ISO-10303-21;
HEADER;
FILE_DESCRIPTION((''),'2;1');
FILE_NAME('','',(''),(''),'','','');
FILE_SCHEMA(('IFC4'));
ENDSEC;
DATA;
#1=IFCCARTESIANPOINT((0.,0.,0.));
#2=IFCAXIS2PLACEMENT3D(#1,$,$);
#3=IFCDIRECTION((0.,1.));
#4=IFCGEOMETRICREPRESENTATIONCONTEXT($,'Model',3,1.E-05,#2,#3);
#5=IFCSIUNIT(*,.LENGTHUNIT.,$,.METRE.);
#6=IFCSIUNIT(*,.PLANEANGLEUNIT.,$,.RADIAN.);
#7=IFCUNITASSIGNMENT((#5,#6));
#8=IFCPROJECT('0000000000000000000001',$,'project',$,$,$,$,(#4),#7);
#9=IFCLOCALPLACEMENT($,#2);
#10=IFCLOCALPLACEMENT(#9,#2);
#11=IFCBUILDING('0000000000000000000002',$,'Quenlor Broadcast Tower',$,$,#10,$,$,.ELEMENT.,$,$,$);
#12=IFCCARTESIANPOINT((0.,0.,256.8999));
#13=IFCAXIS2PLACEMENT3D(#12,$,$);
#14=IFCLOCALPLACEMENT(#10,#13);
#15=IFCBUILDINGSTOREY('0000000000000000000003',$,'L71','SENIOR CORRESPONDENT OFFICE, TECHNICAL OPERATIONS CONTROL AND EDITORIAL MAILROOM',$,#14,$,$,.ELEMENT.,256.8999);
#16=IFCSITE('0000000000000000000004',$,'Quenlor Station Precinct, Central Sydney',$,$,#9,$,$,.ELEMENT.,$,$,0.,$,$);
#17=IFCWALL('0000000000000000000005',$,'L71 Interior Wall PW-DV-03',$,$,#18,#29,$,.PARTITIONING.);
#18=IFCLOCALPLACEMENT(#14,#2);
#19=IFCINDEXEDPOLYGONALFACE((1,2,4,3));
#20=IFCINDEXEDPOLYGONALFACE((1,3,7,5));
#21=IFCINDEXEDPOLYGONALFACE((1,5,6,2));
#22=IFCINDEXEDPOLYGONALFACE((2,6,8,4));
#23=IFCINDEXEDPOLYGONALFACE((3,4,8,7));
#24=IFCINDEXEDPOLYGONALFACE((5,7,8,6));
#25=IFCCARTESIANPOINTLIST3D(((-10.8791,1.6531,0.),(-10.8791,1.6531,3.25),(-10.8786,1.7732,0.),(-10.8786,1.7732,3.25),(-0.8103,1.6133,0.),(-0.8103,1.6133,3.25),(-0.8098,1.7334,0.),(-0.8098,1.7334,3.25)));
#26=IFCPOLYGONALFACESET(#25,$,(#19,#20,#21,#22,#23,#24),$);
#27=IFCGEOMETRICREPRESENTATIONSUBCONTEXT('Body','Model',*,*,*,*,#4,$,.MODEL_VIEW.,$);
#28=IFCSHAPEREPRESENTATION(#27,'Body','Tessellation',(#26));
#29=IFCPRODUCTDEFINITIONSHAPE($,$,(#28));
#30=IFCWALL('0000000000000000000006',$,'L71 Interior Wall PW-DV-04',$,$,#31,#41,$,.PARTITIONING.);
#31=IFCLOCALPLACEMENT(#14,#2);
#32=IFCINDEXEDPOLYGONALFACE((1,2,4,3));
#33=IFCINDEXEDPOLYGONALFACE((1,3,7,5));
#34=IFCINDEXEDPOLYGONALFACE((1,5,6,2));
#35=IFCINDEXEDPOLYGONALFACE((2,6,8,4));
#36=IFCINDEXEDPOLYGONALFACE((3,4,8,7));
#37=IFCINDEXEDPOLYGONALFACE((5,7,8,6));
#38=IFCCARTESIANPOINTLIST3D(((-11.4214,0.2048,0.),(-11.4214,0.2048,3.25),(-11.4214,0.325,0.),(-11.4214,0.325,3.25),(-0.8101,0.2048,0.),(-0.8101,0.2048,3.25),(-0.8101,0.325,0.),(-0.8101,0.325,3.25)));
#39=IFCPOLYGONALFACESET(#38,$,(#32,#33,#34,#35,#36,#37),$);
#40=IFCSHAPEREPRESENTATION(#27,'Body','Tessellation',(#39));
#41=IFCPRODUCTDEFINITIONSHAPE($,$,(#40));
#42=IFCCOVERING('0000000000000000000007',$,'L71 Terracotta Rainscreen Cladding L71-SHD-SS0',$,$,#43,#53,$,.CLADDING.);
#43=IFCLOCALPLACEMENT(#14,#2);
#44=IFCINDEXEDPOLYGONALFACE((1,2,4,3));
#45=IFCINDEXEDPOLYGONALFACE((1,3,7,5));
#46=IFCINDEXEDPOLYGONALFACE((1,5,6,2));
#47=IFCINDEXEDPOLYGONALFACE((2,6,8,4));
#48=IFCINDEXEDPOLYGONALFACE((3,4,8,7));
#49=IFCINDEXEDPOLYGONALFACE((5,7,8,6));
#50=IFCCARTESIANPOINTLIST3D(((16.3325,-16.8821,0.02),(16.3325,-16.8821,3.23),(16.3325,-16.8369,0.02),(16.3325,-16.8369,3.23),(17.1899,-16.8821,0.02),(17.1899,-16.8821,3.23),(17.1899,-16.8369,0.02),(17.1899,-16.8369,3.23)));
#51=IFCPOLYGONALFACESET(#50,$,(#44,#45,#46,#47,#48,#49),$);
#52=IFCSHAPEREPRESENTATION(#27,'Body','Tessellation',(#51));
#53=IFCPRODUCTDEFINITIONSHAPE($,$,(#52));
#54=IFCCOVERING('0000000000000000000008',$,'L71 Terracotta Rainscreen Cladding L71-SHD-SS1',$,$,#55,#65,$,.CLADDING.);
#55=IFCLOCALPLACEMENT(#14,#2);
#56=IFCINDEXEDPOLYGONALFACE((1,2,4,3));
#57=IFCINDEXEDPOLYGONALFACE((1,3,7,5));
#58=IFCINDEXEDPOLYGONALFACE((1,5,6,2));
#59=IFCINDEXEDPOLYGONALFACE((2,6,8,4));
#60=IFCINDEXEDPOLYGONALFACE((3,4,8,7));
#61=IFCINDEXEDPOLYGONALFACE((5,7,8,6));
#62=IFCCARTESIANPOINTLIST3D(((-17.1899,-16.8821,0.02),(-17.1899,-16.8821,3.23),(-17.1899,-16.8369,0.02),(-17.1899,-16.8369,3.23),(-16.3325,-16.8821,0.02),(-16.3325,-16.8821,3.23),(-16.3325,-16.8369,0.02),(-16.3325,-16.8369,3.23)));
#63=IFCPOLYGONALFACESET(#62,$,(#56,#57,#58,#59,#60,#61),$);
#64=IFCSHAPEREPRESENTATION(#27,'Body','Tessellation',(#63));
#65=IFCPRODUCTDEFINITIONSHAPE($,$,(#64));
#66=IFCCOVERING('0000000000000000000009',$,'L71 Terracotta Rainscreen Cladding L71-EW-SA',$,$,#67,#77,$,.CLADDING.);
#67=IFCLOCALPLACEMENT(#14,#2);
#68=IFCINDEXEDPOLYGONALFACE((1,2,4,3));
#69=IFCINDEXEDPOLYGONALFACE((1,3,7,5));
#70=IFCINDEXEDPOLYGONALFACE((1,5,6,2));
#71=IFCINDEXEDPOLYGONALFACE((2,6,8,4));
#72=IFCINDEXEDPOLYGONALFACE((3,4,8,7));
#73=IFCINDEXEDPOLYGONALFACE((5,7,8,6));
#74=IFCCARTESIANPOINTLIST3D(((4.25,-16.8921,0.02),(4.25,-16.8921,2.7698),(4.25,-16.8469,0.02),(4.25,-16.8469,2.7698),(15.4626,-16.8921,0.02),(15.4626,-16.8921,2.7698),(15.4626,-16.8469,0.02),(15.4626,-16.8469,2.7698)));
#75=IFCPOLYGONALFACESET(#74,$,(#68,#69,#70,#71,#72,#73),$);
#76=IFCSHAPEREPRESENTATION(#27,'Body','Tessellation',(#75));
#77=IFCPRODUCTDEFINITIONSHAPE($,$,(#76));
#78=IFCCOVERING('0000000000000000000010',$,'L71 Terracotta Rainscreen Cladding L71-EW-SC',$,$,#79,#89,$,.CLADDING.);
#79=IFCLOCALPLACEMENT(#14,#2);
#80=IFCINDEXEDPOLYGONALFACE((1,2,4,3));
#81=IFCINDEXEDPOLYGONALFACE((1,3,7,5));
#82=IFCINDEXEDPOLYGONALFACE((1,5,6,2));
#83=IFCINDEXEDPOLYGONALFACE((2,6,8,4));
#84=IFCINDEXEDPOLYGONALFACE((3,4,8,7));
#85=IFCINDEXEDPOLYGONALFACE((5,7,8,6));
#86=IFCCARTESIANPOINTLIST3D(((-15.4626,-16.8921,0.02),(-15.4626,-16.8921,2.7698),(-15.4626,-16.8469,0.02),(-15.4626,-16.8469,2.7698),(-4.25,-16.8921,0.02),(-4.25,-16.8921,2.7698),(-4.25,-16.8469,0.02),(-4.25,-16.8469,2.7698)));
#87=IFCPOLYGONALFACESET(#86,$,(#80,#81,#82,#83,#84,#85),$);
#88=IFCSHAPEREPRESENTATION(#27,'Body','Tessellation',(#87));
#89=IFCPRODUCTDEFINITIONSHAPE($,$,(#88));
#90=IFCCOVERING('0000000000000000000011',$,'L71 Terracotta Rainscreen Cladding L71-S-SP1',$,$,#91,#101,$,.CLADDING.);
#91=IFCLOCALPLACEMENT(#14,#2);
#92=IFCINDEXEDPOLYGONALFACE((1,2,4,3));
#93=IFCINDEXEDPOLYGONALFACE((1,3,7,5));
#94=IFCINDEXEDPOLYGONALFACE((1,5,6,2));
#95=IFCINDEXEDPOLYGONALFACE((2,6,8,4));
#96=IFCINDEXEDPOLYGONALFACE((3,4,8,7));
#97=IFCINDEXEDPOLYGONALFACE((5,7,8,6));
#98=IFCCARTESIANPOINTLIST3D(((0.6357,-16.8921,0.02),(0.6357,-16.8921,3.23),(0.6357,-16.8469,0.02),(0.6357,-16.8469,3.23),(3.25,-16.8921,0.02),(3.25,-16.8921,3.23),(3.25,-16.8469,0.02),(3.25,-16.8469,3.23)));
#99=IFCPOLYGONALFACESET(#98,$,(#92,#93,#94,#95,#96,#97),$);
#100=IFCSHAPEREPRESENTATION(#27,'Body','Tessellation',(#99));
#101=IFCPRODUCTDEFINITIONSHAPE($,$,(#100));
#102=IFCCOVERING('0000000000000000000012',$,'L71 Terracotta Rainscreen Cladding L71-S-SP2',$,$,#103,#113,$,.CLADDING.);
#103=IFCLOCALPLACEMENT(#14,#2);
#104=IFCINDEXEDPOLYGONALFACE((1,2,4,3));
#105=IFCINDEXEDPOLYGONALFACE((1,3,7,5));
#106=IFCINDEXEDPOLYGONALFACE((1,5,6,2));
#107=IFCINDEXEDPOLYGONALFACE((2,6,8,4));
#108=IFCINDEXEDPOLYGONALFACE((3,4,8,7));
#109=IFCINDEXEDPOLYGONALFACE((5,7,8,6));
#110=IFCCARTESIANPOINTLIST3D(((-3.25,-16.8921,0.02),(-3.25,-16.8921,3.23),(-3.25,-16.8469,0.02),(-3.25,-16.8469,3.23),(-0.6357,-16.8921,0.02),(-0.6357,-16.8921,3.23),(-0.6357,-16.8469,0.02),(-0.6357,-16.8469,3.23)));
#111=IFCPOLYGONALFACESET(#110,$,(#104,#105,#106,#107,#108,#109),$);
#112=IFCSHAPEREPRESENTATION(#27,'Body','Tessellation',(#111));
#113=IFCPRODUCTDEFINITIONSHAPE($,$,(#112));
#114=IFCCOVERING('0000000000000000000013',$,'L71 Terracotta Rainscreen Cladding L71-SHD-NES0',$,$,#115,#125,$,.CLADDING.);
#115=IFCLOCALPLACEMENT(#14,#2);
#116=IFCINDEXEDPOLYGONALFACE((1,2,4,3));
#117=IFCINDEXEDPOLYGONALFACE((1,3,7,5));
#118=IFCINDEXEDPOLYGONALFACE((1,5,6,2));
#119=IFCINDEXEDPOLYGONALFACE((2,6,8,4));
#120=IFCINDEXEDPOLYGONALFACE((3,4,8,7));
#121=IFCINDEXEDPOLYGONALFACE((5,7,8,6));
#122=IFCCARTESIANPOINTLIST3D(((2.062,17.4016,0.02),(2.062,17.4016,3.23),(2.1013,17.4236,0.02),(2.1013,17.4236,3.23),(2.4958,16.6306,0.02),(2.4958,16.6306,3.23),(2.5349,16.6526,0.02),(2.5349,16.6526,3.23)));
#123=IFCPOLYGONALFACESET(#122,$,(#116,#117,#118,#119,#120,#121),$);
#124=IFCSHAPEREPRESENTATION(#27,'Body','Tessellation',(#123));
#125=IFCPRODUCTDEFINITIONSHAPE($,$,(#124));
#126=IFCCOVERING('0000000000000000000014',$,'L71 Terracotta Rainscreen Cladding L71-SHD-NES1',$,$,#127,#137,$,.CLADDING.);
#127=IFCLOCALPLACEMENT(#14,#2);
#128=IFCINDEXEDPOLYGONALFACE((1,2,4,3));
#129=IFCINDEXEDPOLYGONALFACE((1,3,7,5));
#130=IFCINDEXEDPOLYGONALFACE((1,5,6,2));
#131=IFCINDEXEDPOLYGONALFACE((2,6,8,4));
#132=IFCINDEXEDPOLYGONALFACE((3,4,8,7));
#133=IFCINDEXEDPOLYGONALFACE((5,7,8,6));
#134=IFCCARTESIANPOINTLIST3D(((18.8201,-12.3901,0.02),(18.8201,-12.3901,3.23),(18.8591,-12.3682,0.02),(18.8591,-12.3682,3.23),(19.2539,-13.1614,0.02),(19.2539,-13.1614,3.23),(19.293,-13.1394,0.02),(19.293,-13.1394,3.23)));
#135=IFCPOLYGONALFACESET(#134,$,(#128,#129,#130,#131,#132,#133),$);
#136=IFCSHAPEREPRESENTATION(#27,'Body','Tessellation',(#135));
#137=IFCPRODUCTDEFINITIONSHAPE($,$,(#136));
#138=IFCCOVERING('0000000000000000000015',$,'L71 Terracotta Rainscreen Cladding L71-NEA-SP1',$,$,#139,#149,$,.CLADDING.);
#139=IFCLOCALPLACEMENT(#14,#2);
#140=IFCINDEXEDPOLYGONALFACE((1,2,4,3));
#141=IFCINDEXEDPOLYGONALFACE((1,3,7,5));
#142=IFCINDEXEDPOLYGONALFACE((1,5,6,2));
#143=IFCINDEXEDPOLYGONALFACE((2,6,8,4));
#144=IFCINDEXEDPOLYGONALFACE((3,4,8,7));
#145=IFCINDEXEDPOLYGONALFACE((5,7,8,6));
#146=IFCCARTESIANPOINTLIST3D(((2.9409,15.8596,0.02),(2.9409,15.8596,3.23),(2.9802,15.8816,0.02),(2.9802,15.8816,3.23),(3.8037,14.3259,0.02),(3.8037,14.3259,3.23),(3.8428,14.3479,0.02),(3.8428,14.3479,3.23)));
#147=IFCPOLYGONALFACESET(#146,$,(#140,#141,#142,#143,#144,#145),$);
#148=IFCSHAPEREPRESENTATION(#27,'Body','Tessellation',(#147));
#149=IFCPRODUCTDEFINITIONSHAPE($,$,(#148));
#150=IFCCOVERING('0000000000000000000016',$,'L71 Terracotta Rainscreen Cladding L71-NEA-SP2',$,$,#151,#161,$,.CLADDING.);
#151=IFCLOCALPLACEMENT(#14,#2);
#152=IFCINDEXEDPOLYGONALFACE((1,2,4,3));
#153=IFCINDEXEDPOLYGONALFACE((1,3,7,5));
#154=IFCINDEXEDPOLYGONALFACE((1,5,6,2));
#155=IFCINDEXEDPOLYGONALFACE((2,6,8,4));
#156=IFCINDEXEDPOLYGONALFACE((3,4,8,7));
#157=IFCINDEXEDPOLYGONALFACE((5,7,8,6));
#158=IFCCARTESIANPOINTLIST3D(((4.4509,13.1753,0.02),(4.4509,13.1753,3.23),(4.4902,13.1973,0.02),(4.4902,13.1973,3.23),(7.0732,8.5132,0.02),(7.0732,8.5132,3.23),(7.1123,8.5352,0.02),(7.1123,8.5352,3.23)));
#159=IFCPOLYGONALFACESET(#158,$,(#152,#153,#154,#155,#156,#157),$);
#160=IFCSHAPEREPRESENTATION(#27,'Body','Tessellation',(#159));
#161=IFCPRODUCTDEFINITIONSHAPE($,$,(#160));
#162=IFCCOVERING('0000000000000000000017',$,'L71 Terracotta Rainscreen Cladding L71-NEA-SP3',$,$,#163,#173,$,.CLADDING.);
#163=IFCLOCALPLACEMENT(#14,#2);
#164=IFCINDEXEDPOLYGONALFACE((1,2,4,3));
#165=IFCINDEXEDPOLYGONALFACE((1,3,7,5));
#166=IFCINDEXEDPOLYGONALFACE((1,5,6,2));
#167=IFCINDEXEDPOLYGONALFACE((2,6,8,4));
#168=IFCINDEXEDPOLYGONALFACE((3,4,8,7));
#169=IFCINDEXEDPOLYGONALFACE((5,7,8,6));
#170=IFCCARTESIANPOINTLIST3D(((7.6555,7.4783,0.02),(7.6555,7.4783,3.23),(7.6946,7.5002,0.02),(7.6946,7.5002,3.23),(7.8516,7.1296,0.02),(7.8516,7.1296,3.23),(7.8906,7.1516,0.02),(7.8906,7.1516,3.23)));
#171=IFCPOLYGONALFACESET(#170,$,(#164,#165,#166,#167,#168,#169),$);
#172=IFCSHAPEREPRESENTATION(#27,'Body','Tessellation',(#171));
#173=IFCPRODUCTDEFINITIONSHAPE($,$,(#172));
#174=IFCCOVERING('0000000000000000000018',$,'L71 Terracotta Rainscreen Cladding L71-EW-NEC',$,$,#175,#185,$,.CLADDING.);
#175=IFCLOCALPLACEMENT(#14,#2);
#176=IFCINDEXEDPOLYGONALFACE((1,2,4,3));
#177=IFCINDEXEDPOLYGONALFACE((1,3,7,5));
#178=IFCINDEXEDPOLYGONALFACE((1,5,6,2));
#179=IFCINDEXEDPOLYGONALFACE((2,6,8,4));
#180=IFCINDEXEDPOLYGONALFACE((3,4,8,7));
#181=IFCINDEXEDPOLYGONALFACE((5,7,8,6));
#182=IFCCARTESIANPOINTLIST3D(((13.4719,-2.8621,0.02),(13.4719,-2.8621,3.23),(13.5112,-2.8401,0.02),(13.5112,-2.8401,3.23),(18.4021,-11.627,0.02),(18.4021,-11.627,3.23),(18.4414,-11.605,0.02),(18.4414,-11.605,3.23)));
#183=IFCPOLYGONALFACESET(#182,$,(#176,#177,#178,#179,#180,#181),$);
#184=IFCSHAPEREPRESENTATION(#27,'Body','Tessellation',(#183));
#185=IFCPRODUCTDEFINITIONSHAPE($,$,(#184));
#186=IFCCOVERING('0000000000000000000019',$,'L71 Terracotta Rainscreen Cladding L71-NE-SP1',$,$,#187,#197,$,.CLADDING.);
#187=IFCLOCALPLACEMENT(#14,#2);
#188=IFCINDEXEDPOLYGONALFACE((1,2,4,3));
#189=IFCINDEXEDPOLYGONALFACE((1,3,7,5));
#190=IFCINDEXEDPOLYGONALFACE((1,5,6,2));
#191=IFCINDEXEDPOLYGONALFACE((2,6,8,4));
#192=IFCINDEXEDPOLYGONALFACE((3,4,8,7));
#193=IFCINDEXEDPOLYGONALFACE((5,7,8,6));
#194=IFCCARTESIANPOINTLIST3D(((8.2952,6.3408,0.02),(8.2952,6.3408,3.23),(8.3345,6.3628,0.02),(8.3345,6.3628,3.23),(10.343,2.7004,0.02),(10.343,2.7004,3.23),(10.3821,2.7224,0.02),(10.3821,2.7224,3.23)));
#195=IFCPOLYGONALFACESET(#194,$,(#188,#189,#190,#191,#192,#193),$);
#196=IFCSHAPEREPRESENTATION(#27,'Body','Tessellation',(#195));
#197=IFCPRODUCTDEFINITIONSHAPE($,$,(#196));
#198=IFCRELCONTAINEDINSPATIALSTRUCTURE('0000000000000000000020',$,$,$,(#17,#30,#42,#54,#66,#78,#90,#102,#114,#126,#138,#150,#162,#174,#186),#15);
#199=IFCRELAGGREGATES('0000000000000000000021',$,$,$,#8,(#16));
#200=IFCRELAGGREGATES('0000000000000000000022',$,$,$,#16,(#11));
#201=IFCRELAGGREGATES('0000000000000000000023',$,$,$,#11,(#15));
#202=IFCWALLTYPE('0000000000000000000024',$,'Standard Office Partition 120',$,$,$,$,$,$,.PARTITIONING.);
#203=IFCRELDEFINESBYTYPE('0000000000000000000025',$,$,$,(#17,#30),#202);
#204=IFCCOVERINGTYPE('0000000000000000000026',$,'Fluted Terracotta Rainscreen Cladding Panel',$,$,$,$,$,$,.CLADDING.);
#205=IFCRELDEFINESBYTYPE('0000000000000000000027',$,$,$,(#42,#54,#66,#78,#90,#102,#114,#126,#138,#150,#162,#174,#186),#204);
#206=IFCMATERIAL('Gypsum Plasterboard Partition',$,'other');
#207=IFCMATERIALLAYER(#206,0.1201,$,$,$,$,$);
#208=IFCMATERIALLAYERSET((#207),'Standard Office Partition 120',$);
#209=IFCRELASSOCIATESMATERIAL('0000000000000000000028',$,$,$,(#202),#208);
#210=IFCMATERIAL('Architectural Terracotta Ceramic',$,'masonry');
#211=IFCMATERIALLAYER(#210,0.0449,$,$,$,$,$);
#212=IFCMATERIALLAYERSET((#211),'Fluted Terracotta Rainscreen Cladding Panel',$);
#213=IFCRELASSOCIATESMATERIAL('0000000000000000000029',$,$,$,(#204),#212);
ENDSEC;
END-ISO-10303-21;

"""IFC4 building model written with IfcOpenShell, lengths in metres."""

from ifc_helpers import new_model, si_unit, direction, frame, frame_2d, origin, place, context, subcontext, project, spatial, polyline, rectangle, outline, extrude, material, layer, layer_set, type_object, element, save


model = new_model("IFC4")

# Units and contexts
model_context = context("Model", 3, precision=1e-05, world=origin(), true_north=direction((0.0, 1.0)))
body_context = subcontext(model_context, "Body", "Model", "MODEL_VIEW")
ifc_project = project(units=[si_unit("LENGTHUNIT", "METRE"), si_unit("PLANEANGLEUNIT", "RADIAN")], contexts=[model_context])

# Site, building, storey
site_placement = place(None, origin())
site = spatial("IfcSite", under=ifc_project, at=site_placement, Name="Quenlor Station Precinct, Central Sydney", CompositionType="ELEMENT", RefElevation=0.0)
building_placement = place(site_placement, origin())
building = spatial("IfcBuilding", under=site, at=building_placement, Name="Quenlor Broadcast Tower", CompositionType="ELEMENT")
storey_placement = place(building_placement, frame((0.0, 0.0, 256.8999)))
storey = spatial("IfcBuildingStorey", under=building, at=storey_placement, Name="L71", Description="SENIOR CORRESPONDENT OFFICE, TECHNICAL OPERATIONS CONTROL AND EDITORIAL MAILROOM", CompositionType="ELEMENT", Elevation=256.8999)

# Shared definitions
ifc_material_1 = material(Name="Gypsum Plasterboard Partition", Category="other")
ifc_layer_1 = layer(ifc_material_1, 0.1201)
ifc_layer_set_1 = layer_set([ifc_layer_1], Name="Standard Office Partition 120")
wall_type = type_object("IfcWallType", Name="Standard Office Partition 120", PredefinedType="PARTITIONING", material=ifc_layer_set_1)

# Walls
wall_1_placement = place(storey_placement, frame((-0.8101, 1.6733, 0.0), z_axis=(0.0, 0.0, 1.0), x_axis=(-0.999992, 0.003952, 0.0)))
element("IfcWall", 1, at=wall_1_placement, inside=storey, type_object=wall_type, Name="L71 Interior Wall PW-DV-03", PredefinedType="PARTITIONING", context=body_context, shape_type="SweptSolid", body=[
    extrude(rectangle(XDim=10.0688, YDim=0.1201, at=frame_2d((5.0344, 0.0))), origin(), (0.0, 0.0, 1.0), 3.25),
])
wall_2_placement = place(storey_placement, frame((-0.8101, 0.2649, 0.0), z_axis=(0.0, 0.0, 1.0), x_axis=(-1.0, 0.0, 0.0)))
element("IfcWall", 2, at=wall_2_placement, inside=storey, type_object=wall_type, Name="L71 Interior Wall PW-DV-04", PredefinedType="PARTITIONING", context=body_context, shape_type="SweptSolid", body=[
    extrude(rectangle(XDim=10.6113, YDim=0.1201, at=frame_2d((5.3057, 0.0))), origin(), (0.0, 0.0, 1.0), 3.25),
])

# Coverings
ifc_material_2 = material(Name="Architectural Terracotta Ceramic", Category="masonry")
ifc_layer_2 = layer(ifc_material_2, 0.0449)
ifc_layer_set_2 = layer_set([ifc_layer_2], Name="Fluted Terracotta Rainscreen Cladding Panel")
covering_type = type_object("IfcCoveringType", Name="Fluted Terracotta Rainscreen Cladding Panel", PredefinedType="CLADDING", material=ifc_layer_set_2)
covering_1_placement = place(storey_placement, frame((0.0, 0.0, 0.02)))
element("IfcCovering", 3, at=covering_1_placement, inside=storey, type_object=covering_type, Name="L71 Terracotta Rainscreen Cladding L71-SHD-SS0", PredefinedType="CLADDING", context=body_context, shape_type="SweptSolid", body=[
    extrude(outline(polyline([(17.1899, -16.8369), (16.3325, -16.8369), (16.3325, -16.8821), (17.1899, -16.8821), (17.1899, -16.8369)])), origin(), (0.0, 0.0, 1.0), 3.21),
])
covering_2_placement = place(storey_placement, frame((0.0, 0.0, 0.02)))
element("IfcCovering", 4, at=covering_2_placement, inside=storey, type_object=covering_type, Name="L71 Terracotta Rainscreen Cladding L71-SHD-SS1", PredefinedType="CLADDING", context=body_context, shape_type="SweptSolid", body=[
    extrude(outline(polyline([(-16.3325, -16.8369), (-17.1899, -16.8369), (-17.1899, -16.8821), (-16.3325, -16.8821), (-16.3325, -16.8369)])), origin(), (0.0, 0.0, 1.0), 3.21),
])
covering_3_placement = place(storey_placement, frame((0.0, 0.0, 0.02)))
element("IfcCovering", 5, at=covering_3_placement, inside=storey, type_object=covering_type, Name="L71 Terracotta Rainscreen Cladding L71-EW-SA", PredefinedType="CLADDING", context=body_context, shape_type="SweptSolid", body=[
    extrude(outline(polyline([(15.4626, -16.8469), (4.25, -16.8469), (4.25, -16.8921), (15.4626, -16.8921), (15.4626, -16.8469)])), origin(), (0.0, 0.0, 1.0), 2.7498),
])
covering_4_placement = place(storey_placement, frame((0.0, 0.0, 0.02)))
element("IfcCovering", 6, at=covering_4_placement, inside=storey, type_object=covering_type, Name="L71 Terracotta Rainscreen Cladding L71-EW-SC", PredefinedType="CLADDING", context=body_context, shape_type="SweptSolid", body=[
    extrude(outline(polyline([(-4.25, -16.8469), (-15.4626, -16.8469), (-15.4626, -16.8921), (-4.25, -16.8921), (-4.25, -16.8469)])), origin(), (0.0, 0.0, 1.0), 2.7498),
])
covering_5_placement = place(storey_placement, frame((0.0, 0.0, 0.02)))
element("IfcCovering", 7, at=covering_5_placement, inside=storey, type_object=covering_type, Name="L71 Terracotta Rainscreen Cladding L71-S-SP1", PredefinedType="CLADDING", context=body_context, shape_type="SweptSolid", body=[
    extrude(outline(polyline([(3.25, -16.8469), (0.6357, -16.8469), (0.6357, -16.8921), (3.25, -16.8921), (3.25, -16.8469)])), origin(), (0.0, 0.0, 1.0), 3.21),
])
covering_6_placement = place(storey_placement, frame((0.0, 0.0, 0.02)))
element("IfcCovering", 8, at=covering_6_placement, inside=storey, type_object=covering_type, Name="L71 Terracotta Rainscreen Cladding L71-S-SP2", PredefinedType="CLADDING", context=body_context, shape_type="SweptSolid", body=[
    extrude(outline(polyline([(-0.6357, -16.8469), (-3.25, -16.8469), (-3.25, -16.8921), (-0.6357, -16.8921), (-0.6357, -16.8469)])), origin(), (0.0, 0.0, 1.0), 3.21),
])
covering_7_placement = place(storey_placement, frame((0.0, 0.0, 0.02)))
element("IfcCovering", 9, at=covering_7_placement, inside=storey, type_object=covering_type, Name="L71 Terracotta Rainscreen Cladding L71-SHD-NES0", PredefinedType="CLADDING", context=body_context, shape_type="SweptSolid", body=[
    extrude(outline(polyline([(2.062, 17.4016), (2.4958, 16.6306), (2.5349, 16.6526), (2.1013, 17.4236), (2.062, 17.4016)])), origin(), (0.0, 0.0, 1.0), 3.21),
])
covering_8_placement = place(storey_placement, frame((0.0, 0.0, 0.02)))
element("IfcCovering", 10, at=covering_8_placement, inside=storey, type_object=covering_type, Name="L71 Terracotta Rainscreen Cladding L71-SHD-NES1", PredefinedType="CLADDING", context=body_context, shape_type="SweptSolid", body=[
    extrude(outline(polyline([(18.8201, -12.3901), (19.2539, -13.1614), (19.293, -13.1394), (18.8591, -12.3682), (18.8201, -12.3901)])), origin(), (0.0, 0.0, 1.0), 3.21),
])
covering_9_placement = place(storey_placement, frame((0.0, 0.0, 0.02)))
element("IfcCovering", 11, at=covering_9_placement, inside=storey, type_object=covering_type, Name="L71 Terracotta Rainscreen Cladding L71-NEA-SP1", PredefinedType="CLADDING", context=body_context, shape_type="SweptSolid", body=[
    extrude(outline(polyline([(2.9409, 15.8596), (3.8037, 14.3259), (3.8428, 14.3479), (2.9802, 15.8816), (2.9409, 15.8596)])), origin(), (0.0, 0.0, 1.0), 3.21),
])
covering_10_placement = place(storey_placement, frame((0.0, 0.0, 0.02)))
element("IfcCovering", 12, at=covering_10_placement, inside=storey, type_object=covering_type, Name="L71 Terracotta Rainscreen Cladding L71-NEA-SP2", PredefinedType="CLADDING", context=body_context, shape_type="SweptSolid", body=[
    extrude(outline(polyline([(4.4509, 13.1753), (7.0732, 8.5132), (7.1123, 8.5352), (4.4902, 13.1973), (4.4509, 13.1753)])), origin(), (0.0, 0.0, 1.0), 3.21),
])
covering_11_placement = place(storey_placement, frame((0.0, 0.0, 0.02)))
element("IfcCovering", 13, at=covering_11_placement, inside=storey, type_object=covering_type, Name="L71 Terracotta Rainscreen Cladding L71-NEA-SP3", PredefinedType="CLADDING", context=body_context, shape_type="SweptSolid", body=[
    extrude(outline(polyline([(7.6555, 7.4783), (7.8516, 7.1296), (7.8906, 7.1516), (7.6946, 7.5002), (7.6555, 7.4783)])), origin(), (0.0, 0.0, 1.0), 3.21),
])
covering_12_placement = place(storey_placement, frame((0.0, 0.0, 0.02)))
element("IfcCovering", 14, at=covering_12_placement, inside=storey, type_object=covering_type, Name="L71 Terracotta Rainscreen Cladding L71-EW-NEC", PredefinedType="CLADDING", context=body_context, shape_type="SweptSolid", body=[
    extrude(outline(polyline([(13.4719, -2.8621), (18.4021, -11.627), (18.4414, -11.605), (13.5112, -2.8401), (13.4719, -2.8621)])), origin(), (0.0, 0.0, 1.0), 3.21),
])
covering_13_placement = place(storey_placement, frame((0.0, 0.0, 0.02)))
element("IfcCovering", 15, at=covering_13_placement, inside=storey, type_object=covering_type, Name="L71 Terracotta Rainscreen Cladding L71-NE-SP1", PredefinedType="CLADDING", context=body_context, shape_type="SweptSolid", body=[
    extrude(outline(polyline([(8.2952, 6.3408), (10.343, 2.7004), (10.3821, 2.7224), (8.3345, 6.3628), (8.2952, 6.3408)])), origin(), (0.0, 0.0, 1.0), 3.21),
])

save(model, "model.ifc")
